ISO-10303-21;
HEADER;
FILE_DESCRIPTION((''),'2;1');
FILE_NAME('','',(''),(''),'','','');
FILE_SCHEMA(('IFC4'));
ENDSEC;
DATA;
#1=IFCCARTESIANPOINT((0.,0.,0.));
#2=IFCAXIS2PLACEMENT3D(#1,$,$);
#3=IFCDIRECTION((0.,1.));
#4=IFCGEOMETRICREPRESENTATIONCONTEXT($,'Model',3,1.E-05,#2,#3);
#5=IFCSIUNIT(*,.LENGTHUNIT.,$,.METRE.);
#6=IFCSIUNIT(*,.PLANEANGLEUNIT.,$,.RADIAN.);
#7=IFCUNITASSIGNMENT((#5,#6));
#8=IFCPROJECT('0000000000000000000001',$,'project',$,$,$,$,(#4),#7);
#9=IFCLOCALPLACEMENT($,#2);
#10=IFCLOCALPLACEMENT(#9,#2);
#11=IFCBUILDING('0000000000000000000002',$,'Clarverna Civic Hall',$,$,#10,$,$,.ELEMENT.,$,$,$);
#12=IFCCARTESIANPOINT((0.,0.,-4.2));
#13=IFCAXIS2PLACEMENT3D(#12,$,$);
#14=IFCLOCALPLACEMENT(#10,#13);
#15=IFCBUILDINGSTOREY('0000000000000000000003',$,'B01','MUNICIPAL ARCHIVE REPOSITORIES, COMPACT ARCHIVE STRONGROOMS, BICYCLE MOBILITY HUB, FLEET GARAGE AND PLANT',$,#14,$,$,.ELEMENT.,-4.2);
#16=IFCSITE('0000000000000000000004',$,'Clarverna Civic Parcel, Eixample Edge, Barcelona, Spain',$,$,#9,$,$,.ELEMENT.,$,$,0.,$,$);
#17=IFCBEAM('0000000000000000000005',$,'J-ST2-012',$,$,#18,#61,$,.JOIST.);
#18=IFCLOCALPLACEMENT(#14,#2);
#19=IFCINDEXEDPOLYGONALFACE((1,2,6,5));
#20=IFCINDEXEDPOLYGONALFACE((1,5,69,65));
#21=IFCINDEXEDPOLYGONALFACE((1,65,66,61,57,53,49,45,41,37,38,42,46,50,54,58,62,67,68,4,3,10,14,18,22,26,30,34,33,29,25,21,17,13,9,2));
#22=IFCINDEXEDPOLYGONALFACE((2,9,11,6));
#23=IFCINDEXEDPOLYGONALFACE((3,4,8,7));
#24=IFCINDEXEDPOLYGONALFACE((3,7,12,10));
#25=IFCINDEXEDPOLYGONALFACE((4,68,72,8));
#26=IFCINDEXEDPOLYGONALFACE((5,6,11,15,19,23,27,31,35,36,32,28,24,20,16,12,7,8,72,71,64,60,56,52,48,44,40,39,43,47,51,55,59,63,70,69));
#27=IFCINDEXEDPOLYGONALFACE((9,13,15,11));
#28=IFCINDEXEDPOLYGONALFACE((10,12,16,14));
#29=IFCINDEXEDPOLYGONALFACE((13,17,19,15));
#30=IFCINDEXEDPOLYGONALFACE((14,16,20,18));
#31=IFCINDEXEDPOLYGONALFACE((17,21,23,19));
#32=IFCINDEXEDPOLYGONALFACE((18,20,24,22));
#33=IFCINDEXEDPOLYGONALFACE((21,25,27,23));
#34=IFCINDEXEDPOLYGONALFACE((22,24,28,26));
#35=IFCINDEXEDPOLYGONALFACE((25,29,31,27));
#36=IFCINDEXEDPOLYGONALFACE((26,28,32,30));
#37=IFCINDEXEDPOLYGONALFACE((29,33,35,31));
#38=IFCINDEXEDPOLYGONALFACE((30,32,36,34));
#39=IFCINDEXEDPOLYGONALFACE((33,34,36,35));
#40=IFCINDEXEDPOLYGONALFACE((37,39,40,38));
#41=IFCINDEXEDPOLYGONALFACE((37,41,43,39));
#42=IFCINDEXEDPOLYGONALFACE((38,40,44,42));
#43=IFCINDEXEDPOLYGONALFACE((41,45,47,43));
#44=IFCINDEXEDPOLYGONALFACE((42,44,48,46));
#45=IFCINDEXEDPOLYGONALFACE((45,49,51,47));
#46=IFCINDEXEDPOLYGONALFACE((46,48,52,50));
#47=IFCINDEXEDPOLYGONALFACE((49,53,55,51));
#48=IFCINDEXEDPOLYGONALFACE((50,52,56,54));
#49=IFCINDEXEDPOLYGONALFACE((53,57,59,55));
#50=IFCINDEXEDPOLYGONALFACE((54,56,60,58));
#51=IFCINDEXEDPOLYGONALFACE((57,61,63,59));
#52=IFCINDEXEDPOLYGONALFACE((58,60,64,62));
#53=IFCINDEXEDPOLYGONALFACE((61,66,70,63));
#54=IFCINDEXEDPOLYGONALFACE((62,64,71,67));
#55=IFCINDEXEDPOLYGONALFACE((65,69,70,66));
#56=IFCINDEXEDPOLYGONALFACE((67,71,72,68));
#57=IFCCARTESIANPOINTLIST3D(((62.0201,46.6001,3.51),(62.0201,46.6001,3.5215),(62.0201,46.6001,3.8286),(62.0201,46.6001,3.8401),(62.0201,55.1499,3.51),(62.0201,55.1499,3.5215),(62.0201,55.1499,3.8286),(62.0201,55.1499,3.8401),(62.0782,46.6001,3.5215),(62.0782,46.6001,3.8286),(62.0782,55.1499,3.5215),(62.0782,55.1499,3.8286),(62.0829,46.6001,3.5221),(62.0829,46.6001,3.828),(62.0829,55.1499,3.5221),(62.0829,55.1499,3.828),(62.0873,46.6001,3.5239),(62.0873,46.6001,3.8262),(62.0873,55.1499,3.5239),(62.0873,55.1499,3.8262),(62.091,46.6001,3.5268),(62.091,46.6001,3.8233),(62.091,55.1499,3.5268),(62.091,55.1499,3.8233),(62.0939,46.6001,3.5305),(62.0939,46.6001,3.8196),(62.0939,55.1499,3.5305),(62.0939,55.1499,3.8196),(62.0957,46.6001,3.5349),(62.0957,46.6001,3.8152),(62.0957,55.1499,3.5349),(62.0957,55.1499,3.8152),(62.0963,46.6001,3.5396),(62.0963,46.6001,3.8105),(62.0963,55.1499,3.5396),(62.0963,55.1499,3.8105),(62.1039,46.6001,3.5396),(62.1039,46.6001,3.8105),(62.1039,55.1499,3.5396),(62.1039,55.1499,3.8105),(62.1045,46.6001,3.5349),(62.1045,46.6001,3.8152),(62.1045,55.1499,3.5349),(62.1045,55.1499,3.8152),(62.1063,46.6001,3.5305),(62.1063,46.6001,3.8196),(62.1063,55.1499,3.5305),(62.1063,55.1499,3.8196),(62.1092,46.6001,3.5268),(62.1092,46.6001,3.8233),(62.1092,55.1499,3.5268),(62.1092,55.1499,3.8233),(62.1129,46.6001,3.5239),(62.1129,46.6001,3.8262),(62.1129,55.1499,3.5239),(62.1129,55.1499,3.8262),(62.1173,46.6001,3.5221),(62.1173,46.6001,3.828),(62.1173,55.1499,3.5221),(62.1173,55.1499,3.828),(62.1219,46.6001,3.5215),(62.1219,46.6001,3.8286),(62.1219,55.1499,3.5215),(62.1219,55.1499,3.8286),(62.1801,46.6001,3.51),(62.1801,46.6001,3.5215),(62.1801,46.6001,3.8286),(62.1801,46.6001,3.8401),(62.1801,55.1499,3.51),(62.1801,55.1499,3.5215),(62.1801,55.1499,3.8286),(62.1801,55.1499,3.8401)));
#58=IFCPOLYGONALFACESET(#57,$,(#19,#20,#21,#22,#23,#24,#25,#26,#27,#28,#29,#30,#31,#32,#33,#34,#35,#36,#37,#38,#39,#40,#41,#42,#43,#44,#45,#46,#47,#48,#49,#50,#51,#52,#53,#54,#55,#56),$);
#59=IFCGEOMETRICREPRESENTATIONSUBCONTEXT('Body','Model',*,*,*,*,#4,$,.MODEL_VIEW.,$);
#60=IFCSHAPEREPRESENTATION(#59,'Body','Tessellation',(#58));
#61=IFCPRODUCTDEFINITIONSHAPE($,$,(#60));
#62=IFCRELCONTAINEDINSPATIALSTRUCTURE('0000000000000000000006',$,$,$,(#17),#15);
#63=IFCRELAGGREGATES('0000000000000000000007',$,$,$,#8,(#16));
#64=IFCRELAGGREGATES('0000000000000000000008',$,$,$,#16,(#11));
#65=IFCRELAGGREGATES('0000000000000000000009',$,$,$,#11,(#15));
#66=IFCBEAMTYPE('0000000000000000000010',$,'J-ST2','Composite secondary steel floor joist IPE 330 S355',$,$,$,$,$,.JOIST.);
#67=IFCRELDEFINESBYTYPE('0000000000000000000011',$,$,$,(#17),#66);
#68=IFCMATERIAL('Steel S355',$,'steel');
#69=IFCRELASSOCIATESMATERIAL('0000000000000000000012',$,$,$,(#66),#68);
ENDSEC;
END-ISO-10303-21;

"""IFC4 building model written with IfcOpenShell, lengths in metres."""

from ifc_helpers import new_model, si_unit, direction, frame, origin, origin_2d, place, context, subcontext, project, spatial, i_section, extrude, material, material_profile, profile_set, type_object, element, save


model = new_model("IFC4")

# Units and contexts
model_context = context("Model", 3, precision=1e-05, world=origin(), true_north=direction((0.0, 1.0)))
body_context = subcontext(model_context, "Body", "Model", "MODEL_VIEW")
ifc_project = project(units=[si_unit("LENGTHUNIT", "METRE"), si_unit("PLANEANGLEUNIT", "RADIAN")], contexts=[model_context])

# Site, building, storey
site_placement = place(None, origin())
site = spatial("IfcSite", under=ifc_project, at=site_placement, Name="Clarverna Civic Parcel, Eixample Edge, Barcelona, Spain", CompositionType="ELEMENT", RefElevation=0.0)
building_placement = place(site_placement, origin())
building = spatial("IfcBuilding", under=site, at=building_placement, Name="Clarverna Civic Hall", CompositionType="ELEMENT")
storey_placement = place(building_placement, frame((0.0, 0.0, -4.2)))
storey = spatial("IfcBuildingStorey", under=building, at=storey_placement, Name="B01", Description="MUNICIPAL ARCHIVE REPOSITORIES, COMPACT ARCHIVE STRONGROOMS, BICYCLE MOBILITY HUB, FLEET GARAGE AND PLANT", CompositionType="ELEMENT", Elevation=-4.2)

# Beam
ifc_material_1 = material(Name="Steel S355", Category="steel")
ifc_material_profile_1 = material_profile(ifc_material_1, i_section(OverallWidth=0.1599, OverallDepth=0.3301, WebThickness=0.0076, FlangeThickness=0.0115, FilletRadius=0.0181, at=origin_2d()), Name="IPE 330")
ifc_profile_set_1 = profile_set([ifc_material_profile_1], Name="Steel S355")
beam_type_1 = type_object("IfcBeamType", Name="J-ST2", Description="Composite secondary steel floor joist IPE 330 S355", PredefinedType="JOIST", material=ifc_profile_set_1)
beam_1_placement = place(storey_placement, frame((62.1001, 46.6001, 3.675), z_axis=(0.0, 1.0, 0.0), x_axis=(-1.0, 0.0, 0.0)))
element("IfcBeam", 1, at=beam_1_placement, inside=storey, type_object=beam_type_1, Name="J-ST2-012", PredefinedType="JOIST", context=body_context, shape_type="SweptSolid", body=[
    extrude(i_section(OverallWidth=0.1599, OverallDepth=0.3301, WebThickness=0.0076, FlangeThickness=0.0115, FilletRadius=0.0181, at=origin_2d()), origin(), (0.0, 0.0, 1.0), 8.5498),
])

save(model, "model.ifc")
